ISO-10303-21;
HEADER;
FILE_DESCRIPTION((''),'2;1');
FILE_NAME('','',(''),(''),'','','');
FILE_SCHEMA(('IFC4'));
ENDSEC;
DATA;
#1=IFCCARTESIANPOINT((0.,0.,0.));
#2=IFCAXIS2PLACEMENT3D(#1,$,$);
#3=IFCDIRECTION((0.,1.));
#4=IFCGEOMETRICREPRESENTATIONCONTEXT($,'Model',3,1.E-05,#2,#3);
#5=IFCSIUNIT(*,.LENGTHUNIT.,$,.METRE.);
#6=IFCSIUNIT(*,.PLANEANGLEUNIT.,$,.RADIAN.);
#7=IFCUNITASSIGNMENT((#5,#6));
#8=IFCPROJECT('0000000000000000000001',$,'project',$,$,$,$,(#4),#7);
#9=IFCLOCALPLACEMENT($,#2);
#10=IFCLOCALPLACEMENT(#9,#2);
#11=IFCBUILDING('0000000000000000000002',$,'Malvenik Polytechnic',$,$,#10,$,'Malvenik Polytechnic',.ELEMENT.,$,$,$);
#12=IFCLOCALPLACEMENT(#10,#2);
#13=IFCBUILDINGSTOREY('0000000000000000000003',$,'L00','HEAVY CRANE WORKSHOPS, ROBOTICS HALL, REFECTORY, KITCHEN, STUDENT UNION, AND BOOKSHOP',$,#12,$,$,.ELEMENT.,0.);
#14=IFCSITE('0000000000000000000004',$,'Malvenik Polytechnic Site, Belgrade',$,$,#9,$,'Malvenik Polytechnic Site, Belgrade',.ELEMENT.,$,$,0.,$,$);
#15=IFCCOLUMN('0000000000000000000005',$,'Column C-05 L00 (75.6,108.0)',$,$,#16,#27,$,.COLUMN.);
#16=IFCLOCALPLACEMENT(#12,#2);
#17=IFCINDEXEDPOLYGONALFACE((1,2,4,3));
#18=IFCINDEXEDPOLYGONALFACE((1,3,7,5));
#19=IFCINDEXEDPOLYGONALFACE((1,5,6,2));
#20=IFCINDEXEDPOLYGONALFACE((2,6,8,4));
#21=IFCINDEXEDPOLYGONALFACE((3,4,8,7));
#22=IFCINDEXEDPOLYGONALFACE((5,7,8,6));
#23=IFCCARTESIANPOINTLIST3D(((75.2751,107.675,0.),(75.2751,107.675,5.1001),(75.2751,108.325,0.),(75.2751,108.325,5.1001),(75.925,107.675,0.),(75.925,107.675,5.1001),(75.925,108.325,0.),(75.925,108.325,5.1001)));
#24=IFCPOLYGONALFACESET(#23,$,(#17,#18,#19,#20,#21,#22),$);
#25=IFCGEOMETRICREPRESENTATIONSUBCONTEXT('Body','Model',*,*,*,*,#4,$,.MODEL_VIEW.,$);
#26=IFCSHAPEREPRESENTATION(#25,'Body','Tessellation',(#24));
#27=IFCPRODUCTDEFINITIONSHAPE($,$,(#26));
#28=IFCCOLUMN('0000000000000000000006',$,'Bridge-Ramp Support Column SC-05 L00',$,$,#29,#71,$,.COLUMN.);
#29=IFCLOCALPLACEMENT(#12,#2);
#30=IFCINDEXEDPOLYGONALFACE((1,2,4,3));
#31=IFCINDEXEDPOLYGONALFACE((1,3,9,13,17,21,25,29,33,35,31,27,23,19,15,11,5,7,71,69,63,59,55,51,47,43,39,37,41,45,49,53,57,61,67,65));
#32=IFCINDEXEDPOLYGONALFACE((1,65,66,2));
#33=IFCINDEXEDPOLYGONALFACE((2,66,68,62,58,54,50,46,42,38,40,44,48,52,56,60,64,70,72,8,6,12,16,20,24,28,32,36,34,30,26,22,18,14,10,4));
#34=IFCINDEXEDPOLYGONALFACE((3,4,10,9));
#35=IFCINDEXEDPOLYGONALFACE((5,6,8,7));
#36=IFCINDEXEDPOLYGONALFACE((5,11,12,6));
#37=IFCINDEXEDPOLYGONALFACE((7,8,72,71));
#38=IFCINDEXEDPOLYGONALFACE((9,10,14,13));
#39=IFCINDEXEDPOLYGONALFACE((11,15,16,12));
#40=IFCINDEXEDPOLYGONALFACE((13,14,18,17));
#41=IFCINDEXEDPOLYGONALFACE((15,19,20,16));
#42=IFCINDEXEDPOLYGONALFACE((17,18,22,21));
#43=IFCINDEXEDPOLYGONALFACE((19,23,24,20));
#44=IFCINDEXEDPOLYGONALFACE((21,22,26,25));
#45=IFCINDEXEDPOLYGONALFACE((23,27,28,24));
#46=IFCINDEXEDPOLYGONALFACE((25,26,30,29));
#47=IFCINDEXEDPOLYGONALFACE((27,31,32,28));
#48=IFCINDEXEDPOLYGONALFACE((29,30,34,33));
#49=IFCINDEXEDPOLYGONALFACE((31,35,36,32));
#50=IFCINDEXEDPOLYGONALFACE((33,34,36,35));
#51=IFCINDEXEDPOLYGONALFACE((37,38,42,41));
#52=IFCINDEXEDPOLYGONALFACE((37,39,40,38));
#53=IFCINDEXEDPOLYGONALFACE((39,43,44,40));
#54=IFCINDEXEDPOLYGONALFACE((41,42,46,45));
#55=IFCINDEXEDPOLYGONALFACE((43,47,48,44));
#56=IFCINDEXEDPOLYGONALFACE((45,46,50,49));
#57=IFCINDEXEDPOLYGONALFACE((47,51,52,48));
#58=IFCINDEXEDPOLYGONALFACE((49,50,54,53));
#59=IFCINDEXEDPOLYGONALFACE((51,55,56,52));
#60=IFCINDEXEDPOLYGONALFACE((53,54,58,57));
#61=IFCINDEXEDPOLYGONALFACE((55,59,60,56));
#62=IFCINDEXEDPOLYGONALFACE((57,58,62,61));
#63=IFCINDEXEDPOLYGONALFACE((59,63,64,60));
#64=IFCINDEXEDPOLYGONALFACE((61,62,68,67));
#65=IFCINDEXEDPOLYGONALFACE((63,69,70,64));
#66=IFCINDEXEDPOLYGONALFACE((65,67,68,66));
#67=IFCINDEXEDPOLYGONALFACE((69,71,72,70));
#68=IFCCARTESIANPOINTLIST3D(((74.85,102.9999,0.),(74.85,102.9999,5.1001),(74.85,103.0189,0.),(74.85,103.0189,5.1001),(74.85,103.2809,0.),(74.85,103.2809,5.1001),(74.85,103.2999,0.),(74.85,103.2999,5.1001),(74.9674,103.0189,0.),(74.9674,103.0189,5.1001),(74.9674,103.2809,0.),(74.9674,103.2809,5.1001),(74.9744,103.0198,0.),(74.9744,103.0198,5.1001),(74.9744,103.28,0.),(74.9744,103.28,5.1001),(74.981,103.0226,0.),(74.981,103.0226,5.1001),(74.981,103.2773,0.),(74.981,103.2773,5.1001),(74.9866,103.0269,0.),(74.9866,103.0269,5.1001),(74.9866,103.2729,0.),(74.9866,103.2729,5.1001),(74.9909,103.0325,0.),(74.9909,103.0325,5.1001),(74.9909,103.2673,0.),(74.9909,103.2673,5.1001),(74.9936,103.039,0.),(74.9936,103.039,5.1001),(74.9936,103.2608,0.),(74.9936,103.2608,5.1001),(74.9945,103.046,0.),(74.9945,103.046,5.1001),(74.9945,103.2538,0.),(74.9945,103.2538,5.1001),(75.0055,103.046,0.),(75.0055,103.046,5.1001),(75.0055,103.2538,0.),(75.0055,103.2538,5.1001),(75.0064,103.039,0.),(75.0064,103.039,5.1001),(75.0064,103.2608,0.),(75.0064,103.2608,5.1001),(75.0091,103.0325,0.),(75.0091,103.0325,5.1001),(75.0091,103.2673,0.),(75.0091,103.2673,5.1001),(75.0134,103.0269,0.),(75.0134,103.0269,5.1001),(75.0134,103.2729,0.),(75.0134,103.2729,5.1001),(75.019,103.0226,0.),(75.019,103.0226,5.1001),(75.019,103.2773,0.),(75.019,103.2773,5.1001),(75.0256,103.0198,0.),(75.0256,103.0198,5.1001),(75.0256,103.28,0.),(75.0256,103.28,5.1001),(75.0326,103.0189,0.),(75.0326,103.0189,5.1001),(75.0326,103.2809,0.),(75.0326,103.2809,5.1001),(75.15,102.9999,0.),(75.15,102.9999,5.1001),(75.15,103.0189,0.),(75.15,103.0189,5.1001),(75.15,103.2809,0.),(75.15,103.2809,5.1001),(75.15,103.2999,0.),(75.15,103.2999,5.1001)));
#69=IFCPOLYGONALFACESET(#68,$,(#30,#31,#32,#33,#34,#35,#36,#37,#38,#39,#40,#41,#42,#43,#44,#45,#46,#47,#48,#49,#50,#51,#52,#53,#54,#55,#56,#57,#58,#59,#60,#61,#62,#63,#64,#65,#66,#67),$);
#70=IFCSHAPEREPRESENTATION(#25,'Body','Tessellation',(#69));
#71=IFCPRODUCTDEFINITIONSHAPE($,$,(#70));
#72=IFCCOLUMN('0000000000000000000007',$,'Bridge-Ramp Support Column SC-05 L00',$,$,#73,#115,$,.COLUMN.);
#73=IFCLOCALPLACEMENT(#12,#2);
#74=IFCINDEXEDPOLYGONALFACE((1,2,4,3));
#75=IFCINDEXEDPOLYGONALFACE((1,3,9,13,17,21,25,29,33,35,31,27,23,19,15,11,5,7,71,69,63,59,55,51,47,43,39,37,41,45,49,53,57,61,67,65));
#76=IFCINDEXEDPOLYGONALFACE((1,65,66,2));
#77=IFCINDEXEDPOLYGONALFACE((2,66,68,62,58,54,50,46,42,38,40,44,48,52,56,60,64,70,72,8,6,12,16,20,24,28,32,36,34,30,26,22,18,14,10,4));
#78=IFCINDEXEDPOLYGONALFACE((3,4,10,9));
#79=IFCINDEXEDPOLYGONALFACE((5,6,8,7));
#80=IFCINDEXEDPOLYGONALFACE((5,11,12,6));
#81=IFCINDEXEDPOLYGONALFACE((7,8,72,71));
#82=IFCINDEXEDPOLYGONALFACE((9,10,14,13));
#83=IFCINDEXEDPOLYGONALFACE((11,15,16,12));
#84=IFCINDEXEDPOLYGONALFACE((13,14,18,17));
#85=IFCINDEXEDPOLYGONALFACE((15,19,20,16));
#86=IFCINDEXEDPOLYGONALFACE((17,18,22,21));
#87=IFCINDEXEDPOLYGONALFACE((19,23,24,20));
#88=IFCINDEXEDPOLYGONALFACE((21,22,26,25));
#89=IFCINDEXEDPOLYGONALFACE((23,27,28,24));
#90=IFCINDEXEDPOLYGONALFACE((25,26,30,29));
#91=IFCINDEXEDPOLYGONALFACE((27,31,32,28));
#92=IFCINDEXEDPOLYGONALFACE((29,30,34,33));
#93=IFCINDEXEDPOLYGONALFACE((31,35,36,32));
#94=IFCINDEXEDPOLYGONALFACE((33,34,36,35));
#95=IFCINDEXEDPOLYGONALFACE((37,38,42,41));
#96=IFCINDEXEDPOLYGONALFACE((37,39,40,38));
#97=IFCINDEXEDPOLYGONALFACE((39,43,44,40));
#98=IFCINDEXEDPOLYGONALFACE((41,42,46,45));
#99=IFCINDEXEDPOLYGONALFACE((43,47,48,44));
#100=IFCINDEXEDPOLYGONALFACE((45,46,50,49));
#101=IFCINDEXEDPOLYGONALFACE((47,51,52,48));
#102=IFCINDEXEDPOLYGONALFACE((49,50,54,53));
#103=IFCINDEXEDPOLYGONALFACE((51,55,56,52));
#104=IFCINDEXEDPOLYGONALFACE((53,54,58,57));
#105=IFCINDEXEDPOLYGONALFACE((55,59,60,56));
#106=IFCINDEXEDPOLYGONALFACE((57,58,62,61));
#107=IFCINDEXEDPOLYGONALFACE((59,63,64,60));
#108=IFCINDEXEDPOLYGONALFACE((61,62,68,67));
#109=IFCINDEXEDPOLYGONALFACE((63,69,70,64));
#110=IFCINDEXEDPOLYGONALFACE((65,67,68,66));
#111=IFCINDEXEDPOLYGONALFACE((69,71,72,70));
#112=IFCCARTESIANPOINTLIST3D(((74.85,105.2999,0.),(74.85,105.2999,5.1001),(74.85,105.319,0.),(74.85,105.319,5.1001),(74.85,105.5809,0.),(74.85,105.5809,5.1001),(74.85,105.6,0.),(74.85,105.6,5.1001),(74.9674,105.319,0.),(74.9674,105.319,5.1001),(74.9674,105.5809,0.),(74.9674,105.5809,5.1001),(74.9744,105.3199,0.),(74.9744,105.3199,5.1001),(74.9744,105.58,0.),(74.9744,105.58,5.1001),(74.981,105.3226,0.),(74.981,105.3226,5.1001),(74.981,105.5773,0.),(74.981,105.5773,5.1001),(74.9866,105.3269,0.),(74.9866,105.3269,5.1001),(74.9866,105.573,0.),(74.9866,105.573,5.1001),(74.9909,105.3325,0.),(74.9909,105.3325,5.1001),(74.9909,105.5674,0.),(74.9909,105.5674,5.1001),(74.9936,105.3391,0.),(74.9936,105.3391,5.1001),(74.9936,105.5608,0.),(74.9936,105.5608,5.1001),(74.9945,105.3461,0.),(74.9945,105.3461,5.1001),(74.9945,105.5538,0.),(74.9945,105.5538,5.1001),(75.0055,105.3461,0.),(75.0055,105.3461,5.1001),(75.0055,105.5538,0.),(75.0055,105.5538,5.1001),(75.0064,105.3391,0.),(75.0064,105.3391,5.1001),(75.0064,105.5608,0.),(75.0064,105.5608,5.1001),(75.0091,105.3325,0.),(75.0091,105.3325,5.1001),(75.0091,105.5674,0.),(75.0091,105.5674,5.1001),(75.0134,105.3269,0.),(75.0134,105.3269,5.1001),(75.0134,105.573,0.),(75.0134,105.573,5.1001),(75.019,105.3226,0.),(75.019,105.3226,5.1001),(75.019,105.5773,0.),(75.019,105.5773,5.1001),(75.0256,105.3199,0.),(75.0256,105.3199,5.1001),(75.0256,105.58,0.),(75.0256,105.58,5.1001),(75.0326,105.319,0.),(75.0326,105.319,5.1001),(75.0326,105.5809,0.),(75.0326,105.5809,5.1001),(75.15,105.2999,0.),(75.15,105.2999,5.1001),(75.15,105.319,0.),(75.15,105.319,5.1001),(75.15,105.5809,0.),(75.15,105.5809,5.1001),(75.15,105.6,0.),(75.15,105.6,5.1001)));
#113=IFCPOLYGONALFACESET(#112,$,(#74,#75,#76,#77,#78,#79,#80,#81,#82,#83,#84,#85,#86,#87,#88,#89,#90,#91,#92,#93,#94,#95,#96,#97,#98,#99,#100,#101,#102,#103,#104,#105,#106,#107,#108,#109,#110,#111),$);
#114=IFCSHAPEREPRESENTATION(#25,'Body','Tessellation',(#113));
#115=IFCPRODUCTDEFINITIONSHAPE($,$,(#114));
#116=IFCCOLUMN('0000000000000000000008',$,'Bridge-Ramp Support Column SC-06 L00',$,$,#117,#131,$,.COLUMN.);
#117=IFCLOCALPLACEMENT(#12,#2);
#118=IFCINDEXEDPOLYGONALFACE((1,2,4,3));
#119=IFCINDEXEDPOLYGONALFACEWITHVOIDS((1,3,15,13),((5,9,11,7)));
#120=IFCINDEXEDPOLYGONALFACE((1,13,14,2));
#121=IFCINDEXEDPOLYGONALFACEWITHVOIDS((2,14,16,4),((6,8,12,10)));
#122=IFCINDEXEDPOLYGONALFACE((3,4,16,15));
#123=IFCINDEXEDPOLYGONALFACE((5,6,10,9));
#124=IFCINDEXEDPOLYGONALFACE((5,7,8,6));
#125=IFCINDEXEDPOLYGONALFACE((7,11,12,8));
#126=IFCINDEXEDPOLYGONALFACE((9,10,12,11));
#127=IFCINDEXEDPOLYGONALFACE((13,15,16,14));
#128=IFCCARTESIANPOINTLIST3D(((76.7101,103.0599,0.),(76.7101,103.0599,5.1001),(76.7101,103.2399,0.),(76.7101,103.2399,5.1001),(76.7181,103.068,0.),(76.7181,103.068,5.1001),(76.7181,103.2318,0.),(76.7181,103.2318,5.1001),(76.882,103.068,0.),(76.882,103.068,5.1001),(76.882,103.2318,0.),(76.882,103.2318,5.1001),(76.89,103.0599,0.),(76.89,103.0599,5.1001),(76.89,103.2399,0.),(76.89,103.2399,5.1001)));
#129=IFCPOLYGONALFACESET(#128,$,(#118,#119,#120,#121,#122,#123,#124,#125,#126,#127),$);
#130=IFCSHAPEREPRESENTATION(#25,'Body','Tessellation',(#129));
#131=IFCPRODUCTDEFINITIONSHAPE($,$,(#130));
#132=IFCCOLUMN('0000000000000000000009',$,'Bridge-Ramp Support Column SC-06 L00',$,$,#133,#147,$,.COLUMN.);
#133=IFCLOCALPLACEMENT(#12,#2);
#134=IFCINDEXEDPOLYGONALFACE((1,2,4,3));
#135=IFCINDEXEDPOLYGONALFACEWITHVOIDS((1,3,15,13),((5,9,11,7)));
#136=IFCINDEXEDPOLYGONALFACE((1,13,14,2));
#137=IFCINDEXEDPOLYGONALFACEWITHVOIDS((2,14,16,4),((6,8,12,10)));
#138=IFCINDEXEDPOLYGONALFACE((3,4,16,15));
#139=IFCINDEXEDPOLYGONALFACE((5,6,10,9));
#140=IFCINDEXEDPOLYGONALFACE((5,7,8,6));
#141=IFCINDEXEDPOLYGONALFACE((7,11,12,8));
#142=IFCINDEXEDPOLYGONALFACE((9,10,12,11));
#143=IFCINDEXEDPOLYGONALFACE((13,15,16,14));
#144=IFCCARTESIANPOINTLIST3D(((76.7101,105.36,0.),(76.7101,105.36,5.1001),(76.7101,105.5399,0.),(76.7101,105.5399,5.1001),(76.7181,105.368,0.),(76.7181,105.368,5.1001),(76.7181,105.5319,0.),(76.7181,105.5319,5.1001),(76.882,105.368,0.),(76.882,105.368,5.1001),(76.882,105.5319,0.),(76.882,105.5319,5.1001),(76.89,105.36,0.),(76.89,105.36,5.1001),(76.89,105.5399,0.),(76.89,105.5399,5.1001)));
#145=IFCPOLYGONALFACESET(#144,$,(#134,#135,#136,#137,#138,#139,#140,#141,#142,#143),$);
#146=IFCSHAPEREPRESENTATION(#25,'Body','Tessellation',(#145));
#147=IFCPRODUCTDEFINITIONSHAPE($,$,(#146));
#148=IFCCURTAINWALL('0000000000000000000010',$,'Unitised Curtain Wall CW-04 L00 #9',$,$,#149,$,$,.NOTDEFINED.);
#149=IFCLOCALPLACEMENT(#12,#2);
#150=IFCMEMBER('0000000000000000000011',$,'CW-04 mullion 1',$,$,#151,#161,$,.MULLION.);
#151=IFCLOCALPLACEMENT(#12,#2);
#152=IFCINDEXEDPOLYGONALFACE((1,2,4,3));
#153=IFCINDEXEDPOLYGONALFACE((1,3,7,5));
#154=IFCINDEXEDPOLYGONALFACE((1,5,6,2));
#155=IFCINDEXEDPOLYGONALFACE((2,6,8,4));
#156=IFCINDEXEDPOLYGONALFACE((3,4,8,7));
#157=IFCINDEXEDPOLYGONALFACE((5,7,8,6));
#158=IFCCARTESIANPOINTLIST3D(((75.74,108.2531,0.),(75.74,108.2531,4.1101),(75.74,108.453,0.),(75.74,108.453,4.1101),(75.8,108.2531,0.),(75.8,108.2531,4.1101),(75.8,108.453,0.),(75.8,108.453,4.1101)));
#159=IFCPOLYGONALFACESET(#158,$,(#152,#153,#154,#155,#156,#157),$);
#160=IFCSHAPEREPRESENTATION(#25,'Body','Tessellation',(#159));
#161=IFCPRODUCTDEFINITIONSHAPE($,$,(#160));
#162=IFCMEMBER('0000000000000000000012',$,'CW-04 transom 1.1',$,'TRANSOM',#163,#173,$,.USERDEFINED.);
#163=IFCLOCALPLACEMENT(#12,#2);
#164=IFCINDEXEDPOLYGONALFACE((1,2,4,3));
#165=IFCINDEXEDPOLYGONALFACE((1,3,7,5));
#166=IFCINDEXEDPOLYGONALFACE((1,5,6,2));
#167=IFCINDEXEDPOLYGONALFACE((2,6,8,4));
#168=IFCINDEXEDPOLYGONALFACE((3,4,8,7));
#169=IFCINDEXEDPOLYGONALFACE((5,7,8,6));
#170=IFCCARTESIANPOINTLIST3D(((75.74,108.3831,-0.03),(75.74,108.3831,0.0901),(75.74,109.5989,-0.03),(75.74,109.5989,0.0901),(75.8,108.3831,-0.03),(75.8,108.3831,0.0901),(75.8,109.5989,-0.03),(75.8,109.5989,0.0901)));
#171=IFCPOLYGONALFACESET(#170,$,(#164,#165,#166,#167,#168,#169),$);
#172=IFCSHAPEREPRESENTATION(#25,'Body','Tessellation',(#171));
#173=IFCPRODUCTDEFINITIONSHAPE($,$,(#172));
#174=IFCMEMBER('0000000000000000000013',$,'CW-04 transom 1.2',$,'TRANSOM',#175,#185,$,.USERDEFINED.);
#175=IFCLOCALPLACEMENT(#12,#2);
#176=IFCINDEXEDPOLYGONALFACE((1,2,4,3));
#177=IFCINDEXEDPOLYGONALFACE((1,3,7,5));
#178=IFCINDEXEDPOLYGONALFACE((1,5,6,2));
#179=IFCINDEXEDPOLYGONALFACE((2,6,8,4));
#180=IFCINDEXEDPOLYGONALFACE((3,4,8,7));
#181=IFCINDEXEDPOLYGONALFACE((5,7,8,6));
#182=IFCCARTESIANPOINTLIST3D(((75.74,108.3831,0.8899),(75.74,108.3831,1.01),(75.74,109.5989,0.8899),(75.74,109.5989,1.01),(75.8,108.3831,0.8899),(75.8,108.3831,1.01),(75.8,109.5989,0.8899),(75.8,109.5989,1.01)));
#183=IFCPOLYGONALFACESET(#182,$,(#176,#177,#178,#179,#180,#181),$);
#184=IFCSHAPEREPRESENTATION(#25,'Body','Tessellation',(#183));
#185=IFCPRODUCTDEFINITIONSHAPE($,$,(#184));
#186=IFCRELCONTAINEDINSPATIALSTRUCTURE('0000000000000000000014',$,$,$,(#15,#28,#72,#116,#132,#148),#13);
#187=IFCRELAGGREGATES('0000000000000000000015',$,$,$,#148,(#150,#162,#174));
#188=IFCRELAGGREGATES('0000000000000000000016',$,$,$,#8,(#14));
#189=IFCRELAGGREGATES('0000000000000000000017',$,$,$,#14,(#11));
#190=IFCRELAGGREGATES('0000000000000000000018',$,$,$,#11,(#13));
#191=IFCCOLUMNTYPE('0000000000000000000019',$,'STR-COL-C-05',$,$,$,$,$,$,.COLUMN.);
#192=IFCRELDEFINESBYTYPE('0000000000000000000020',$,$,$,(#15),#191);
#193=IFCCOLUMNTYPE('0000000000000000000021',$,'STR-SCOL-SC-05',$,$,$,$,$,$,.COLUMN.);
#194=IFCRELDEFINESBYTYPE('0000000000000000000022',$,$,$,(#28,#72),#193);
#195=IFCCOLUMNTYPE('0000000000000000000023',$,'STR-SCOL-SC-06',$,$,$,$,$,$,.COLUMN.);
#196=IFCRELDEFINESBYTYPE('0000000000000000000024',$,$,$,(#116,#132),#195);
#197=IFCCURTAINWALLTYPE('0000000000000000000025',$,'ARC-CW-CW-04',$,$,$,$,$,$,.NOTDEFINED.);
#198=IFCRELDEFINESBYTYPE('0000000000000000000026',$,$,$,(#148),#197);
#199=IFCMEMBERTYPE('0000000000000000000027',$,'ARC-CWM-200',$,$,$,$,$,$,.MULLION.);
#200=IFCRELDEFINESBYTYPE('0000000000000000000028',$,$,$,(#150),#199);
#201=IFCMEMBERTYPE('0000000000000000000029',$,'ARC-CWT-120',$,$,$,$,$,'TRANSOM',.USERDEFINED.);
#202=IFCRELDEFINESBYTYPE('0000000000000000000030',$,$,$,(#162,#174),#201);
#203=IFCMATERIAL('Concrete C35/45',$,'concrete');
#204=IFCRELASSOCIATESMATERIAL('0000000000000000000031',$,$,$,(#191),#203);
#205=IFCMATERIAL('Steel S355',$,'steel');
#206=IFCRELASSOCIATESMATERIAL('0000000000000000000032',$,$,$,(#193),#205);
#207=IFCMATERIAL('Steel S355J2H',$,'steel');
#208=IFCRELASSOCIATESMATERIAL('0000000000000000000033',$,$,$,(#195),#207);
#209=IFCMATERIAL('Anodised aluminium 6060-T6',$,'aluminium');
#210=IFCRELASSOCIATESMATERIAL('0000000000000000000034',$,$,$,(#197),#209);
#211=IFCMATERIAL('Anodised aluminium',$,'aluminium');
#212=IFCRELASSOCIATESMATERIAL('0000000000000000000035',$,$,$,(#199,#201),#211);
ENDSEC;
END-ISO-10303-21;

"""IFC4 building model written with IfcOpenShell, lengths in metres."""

from ifc_helpers import new_model, si_unit, direction, frame, origin, origin_2d, place, context, subcontext, project, spatial, rectangle, hollow_rectangle, i_section, extrude, material, material_profile, profile_set, type_object, element, aggregate, save


model = new_model("IFC4")

# Units and contexts
model_context = context("Model", 3, precision=1e-05, world=origin(), true_north=direction((0.0, 1.0)))
body_context = subcontext(model_context, "Body", "Model", "MODEL_VIEW")
ifc_project = project(units=[si_unit("LENGTHUNIT", "METRE"), si_unit("PLANEANGLEUNIT", "RADIAN")], contexts=[model_context])

# Site, building, storey
site_placement = place(None, origin())
site = spatial("IfcSite", under=ifc_project, at=site_placement, Name="Malvenik Polytechnic Site, Belgrade", LongName="Malvenik Polytechnic Site, Belgrade", CompositionType="ELEMENT", RefElevation=0.0)
building_placement = place(site_placement, origin())
building = spatial("IfcBuilding", under=site, at=building_placement, Name="Malvenik Polytechnic", LongName="Malvenik Polytechnic", CompositionType="ELEMENT")
storey_placement = place(building_placement, origin())
storey = spatial("IfcBuildingStorey", under=building, at=storey_placement, Name="L00", Description="HEAVY CRANE WORKSHOPS, ROBOTICS HALL, REFECTORY, KITCHEN, STUDENT UNION, AND BOOKSHOP", CompositionType="ELEMENT", Elevation=0.0)

# Columns
ifc_material_1 = material(Name="Concrete C35/45", Category="concrete")
ifc_material_profile_1 = material_profile(ifc_material_1, rectangle(XDim=0.6499, YDim=0.6499, at=origin_2d()), Name="RC COL 650x650")
ifc_profile_set_1 = profile_set([ifc_material_profile_1], Name="Concrete C35/45")
column_type_1 = type_object("IfcColumnType", Name="STR-COL-C-05", PredefinedType="COLUMN", material=ifc_profile_set_1)
column_placement = place(storey_placement, frame((75.6001, 108.0, 0.0), z_axis=(0.0, 0.0, 1.0), x_axis=(1.0, 0.0, 0.0)))
element("IfcColumn", 1, at=column_placement, inside=storey, type_object=column_type_1, Name="Column C-05 L00 (75.6,108.0)", PredefinedType="COLUMN", context=body_context, shape_type="SweptSolid", body=[
    extrude(rectangle(XDim=0.6499, YDim=0.6499, at=origin_2d()), origin(), (0.0, 0.0, 1.0), 5.1001),
])
ifc_material_2 = material(Name="Steel S355", Category="steel")
ifc_material_profile_2 = material_profile(ifc_material_2, i_section(OverallWidth=0.3, OverallDepth=0.3, WebThickness=0.011, FlangeThickness=0.019, FilletRadius=0.0271, at=origin_2d()), Name="HEB 300")
ifc_profile_set_2 = profile_set([ifc_material_profile_2], Name="Steel S355")
column_type_2 = type_object("IfcColumnType", Name="STR-SCOL-SC-05", PredefinedType="COLUMN", material=ifc_profile_set_2)
for number, where, z_axis, x_axis, name in (
    (2, (75.0, 103.1499, 0.0), (0.0, 0.0, 1.0), (1.0, 0.0, 0.0), "Bridge-Ramp Support Column SC-05 L00"),
    (3, (75.0, 105.45, 0.0), (0.0, 0.0, 1.0), (1.0, 0.0, 0.0), "Bridge-Ramp Support Column SC-05 L00"),
):
    element("IfcColumn", number, at=place(storey_placement, frame(where, z_axis=z_axis, x_axis=x_axis)), inside=storey, type_object=column_type_2, Name=name, PredefinedType="COLUMN", context=body_context, shape_type="SweptSolid", body=[
        extrude(i_section(OverallWidth=0.3, OverallDepth=0.3, WebThickness=0.011, FlangeThickness=0.019, FilletRadius=0.0271, at=origin_2d()), origin(), (0.0, 0.0, 1.0), 5.1001),
    ])
ifc_material_3 = material(Name="Steel S355J2H", Category="steel")
ifc_material_profile_3 = material_profile(ifc_material_3, hollow_rectangle(XDim=0.1799, YDim=0.1799, WallThickness=0.0081, at=origin_2d()), Name="SHS 180x180x8.0")
ifc_profile_set_3 = profile_set([ifc_material_profile_3], Name="Steel S355J2H")
column_type_3 = type_object("IfcColumnType", Name="STR-SCOL-SC-06", PredefinedType="COLUMN", material=ifc_profile_set_3)
for number, where, z_axis, x_axis, name in (
    (4, (76.8, 103.1499, 0.0), (0.0, 0.0, 1.0), (1.0, 0.0, 0.0), "Bridge-Ramp Support Column SC-06 L00"),
    (5, (76.8, 105.45, 0.0), (0.0, 0.0, 1.0), (1.0, 0.0, 0.0), "Bridge-Ramp Support Column SC-06 L00"),
):
    element("IfcColumn", number, at=place(storey_placement, frame(where, z_axis=z_axis, x_axis=x_axis)), inside=storey, type_object=column_type_3, Name=name, PredefinedType="COLUMN", context=body_context, shape_type="SweptSolid", body=[
        extrude(hollow_rectangle(XDim=0.1799, YDim=0.1799, WallThickness=0.0081, at=origin_2d()), origin(), (0.0, 0.0, 1.0), 5.1001),
    ])

# Curtain wall, members
ifc_material_4 = material(Name="Anodised aluminium 6060-T6", Category="aluminium")
curtain_wall_type = type_object("IfcCurtainWallType", Name="ARC-CW-CW-04", PredefinedType="NOTDEFINED", material=ifc_material_4)
curtain_wall_placement = place(storey_placement, origin())
curtain_wall = element("IfcCurtainWall", 6, at=curtain_wall_placement, inside=storey, type_object=curtain_wall_type, Name="Unitised Curtain Wall CW-04 L00 #9", PredefinedType="NOTDEFINED")
ifc_material_5 = material(Name="Anodised aluminium", Category="aluminium")
ifc_material_profile_4 = material_profile(ifc_material_5, rectangle(XDim=0.0601, YDim=0.2, at=origin_2d()), Name="ALU MULLION 60x200")
ifc_profile_set_4 = profile_set([ifc_material_profile_4], Name="Anodised aluminium")
member_type_1 = type_object("IfcMemberType", Name="ARC-CWM-200", PredefinedType="MULLION", material=ifc_profile_set_4)
member_1_placement = place(storey_placement, frame((75.77, 108.353, 0.0), z_axis=(0.0, 0.0, 1.0), x_axis=(-1.0, 0.0, 0.0)))
member_1 = element("IfcMember", 7, at=member_1_placement, type_object=member_type_1, Name="CW-04 mullion 1", PredefinedType="MULLION", context=body_context, shape_type="SweptSolid", body=[
    extrude(rectangle(XDim=0.0601, YDim=0.2, at=origin_2d()), origin(), (0.0, 0.0, 1.0), 4.1101),
])
ifc_material_profile_5 = material_profile(ifc_material_5, rectangle(XDim=0.0601, YDim=0.1201, at=origin_2d()), Name="ALU TRANSOM 60x120")
ifc_profile_set_5 = profile_set([ifc_material_profile_5], Name="Anodised aluminium")
member_type_2 = type_object("IfcMemberType", Name="ARC-CWT-120", ElementType="TRANSOM", PredefinedType="USERDEFINED", material=ifc_profile_set_5)
member_2_placement = place(storey_placement, frame((75.77, 108.3831, 0.03), z_axis=(0.0, 1.0, 0.0), x_axis=(-1.0, 0.0, 0.0)))
member_2 = element("IfcMember", 8, at=member_2_placement, type_object=member_type_2, Name="CW-04 transom 1.1", ObjectType="TRANSOM", PredefinedType="USERDEFINED", context=body_context, shape_type="SweptSolid", body=[
    extrude(rectangle(XDim=0.0601, YDim=0.1201, at=origin_2d()), origin(), (0.0, 0.0, 1.0), 1.2158),
])
member_3_placement = place(storey_placement, frame((75.77, 108.3831, 0.95), z_axis=(0.0, 1.0, 0.0), x_axis=(-1.0, 0.0, 0.0)))
member_3 = element("IfcMember", 9, at=member_3_placement, type_object=member_type_2, Name="CW-04 transom 1.2", ObjectType="TRANSOM", PredefinedType="USERDEFINED", context=body_context, shape_type="SweptSolid", body=[
    extrude(rectangle(XDim=0.0601, YDim=0.1201, at=origin_2d()), origin(), (0.0, 0.0, 1.0), 1.2158),
])

aggregate(curtain_wall, [member_1, member_2, member_3])

save(model, "model.ifc")
